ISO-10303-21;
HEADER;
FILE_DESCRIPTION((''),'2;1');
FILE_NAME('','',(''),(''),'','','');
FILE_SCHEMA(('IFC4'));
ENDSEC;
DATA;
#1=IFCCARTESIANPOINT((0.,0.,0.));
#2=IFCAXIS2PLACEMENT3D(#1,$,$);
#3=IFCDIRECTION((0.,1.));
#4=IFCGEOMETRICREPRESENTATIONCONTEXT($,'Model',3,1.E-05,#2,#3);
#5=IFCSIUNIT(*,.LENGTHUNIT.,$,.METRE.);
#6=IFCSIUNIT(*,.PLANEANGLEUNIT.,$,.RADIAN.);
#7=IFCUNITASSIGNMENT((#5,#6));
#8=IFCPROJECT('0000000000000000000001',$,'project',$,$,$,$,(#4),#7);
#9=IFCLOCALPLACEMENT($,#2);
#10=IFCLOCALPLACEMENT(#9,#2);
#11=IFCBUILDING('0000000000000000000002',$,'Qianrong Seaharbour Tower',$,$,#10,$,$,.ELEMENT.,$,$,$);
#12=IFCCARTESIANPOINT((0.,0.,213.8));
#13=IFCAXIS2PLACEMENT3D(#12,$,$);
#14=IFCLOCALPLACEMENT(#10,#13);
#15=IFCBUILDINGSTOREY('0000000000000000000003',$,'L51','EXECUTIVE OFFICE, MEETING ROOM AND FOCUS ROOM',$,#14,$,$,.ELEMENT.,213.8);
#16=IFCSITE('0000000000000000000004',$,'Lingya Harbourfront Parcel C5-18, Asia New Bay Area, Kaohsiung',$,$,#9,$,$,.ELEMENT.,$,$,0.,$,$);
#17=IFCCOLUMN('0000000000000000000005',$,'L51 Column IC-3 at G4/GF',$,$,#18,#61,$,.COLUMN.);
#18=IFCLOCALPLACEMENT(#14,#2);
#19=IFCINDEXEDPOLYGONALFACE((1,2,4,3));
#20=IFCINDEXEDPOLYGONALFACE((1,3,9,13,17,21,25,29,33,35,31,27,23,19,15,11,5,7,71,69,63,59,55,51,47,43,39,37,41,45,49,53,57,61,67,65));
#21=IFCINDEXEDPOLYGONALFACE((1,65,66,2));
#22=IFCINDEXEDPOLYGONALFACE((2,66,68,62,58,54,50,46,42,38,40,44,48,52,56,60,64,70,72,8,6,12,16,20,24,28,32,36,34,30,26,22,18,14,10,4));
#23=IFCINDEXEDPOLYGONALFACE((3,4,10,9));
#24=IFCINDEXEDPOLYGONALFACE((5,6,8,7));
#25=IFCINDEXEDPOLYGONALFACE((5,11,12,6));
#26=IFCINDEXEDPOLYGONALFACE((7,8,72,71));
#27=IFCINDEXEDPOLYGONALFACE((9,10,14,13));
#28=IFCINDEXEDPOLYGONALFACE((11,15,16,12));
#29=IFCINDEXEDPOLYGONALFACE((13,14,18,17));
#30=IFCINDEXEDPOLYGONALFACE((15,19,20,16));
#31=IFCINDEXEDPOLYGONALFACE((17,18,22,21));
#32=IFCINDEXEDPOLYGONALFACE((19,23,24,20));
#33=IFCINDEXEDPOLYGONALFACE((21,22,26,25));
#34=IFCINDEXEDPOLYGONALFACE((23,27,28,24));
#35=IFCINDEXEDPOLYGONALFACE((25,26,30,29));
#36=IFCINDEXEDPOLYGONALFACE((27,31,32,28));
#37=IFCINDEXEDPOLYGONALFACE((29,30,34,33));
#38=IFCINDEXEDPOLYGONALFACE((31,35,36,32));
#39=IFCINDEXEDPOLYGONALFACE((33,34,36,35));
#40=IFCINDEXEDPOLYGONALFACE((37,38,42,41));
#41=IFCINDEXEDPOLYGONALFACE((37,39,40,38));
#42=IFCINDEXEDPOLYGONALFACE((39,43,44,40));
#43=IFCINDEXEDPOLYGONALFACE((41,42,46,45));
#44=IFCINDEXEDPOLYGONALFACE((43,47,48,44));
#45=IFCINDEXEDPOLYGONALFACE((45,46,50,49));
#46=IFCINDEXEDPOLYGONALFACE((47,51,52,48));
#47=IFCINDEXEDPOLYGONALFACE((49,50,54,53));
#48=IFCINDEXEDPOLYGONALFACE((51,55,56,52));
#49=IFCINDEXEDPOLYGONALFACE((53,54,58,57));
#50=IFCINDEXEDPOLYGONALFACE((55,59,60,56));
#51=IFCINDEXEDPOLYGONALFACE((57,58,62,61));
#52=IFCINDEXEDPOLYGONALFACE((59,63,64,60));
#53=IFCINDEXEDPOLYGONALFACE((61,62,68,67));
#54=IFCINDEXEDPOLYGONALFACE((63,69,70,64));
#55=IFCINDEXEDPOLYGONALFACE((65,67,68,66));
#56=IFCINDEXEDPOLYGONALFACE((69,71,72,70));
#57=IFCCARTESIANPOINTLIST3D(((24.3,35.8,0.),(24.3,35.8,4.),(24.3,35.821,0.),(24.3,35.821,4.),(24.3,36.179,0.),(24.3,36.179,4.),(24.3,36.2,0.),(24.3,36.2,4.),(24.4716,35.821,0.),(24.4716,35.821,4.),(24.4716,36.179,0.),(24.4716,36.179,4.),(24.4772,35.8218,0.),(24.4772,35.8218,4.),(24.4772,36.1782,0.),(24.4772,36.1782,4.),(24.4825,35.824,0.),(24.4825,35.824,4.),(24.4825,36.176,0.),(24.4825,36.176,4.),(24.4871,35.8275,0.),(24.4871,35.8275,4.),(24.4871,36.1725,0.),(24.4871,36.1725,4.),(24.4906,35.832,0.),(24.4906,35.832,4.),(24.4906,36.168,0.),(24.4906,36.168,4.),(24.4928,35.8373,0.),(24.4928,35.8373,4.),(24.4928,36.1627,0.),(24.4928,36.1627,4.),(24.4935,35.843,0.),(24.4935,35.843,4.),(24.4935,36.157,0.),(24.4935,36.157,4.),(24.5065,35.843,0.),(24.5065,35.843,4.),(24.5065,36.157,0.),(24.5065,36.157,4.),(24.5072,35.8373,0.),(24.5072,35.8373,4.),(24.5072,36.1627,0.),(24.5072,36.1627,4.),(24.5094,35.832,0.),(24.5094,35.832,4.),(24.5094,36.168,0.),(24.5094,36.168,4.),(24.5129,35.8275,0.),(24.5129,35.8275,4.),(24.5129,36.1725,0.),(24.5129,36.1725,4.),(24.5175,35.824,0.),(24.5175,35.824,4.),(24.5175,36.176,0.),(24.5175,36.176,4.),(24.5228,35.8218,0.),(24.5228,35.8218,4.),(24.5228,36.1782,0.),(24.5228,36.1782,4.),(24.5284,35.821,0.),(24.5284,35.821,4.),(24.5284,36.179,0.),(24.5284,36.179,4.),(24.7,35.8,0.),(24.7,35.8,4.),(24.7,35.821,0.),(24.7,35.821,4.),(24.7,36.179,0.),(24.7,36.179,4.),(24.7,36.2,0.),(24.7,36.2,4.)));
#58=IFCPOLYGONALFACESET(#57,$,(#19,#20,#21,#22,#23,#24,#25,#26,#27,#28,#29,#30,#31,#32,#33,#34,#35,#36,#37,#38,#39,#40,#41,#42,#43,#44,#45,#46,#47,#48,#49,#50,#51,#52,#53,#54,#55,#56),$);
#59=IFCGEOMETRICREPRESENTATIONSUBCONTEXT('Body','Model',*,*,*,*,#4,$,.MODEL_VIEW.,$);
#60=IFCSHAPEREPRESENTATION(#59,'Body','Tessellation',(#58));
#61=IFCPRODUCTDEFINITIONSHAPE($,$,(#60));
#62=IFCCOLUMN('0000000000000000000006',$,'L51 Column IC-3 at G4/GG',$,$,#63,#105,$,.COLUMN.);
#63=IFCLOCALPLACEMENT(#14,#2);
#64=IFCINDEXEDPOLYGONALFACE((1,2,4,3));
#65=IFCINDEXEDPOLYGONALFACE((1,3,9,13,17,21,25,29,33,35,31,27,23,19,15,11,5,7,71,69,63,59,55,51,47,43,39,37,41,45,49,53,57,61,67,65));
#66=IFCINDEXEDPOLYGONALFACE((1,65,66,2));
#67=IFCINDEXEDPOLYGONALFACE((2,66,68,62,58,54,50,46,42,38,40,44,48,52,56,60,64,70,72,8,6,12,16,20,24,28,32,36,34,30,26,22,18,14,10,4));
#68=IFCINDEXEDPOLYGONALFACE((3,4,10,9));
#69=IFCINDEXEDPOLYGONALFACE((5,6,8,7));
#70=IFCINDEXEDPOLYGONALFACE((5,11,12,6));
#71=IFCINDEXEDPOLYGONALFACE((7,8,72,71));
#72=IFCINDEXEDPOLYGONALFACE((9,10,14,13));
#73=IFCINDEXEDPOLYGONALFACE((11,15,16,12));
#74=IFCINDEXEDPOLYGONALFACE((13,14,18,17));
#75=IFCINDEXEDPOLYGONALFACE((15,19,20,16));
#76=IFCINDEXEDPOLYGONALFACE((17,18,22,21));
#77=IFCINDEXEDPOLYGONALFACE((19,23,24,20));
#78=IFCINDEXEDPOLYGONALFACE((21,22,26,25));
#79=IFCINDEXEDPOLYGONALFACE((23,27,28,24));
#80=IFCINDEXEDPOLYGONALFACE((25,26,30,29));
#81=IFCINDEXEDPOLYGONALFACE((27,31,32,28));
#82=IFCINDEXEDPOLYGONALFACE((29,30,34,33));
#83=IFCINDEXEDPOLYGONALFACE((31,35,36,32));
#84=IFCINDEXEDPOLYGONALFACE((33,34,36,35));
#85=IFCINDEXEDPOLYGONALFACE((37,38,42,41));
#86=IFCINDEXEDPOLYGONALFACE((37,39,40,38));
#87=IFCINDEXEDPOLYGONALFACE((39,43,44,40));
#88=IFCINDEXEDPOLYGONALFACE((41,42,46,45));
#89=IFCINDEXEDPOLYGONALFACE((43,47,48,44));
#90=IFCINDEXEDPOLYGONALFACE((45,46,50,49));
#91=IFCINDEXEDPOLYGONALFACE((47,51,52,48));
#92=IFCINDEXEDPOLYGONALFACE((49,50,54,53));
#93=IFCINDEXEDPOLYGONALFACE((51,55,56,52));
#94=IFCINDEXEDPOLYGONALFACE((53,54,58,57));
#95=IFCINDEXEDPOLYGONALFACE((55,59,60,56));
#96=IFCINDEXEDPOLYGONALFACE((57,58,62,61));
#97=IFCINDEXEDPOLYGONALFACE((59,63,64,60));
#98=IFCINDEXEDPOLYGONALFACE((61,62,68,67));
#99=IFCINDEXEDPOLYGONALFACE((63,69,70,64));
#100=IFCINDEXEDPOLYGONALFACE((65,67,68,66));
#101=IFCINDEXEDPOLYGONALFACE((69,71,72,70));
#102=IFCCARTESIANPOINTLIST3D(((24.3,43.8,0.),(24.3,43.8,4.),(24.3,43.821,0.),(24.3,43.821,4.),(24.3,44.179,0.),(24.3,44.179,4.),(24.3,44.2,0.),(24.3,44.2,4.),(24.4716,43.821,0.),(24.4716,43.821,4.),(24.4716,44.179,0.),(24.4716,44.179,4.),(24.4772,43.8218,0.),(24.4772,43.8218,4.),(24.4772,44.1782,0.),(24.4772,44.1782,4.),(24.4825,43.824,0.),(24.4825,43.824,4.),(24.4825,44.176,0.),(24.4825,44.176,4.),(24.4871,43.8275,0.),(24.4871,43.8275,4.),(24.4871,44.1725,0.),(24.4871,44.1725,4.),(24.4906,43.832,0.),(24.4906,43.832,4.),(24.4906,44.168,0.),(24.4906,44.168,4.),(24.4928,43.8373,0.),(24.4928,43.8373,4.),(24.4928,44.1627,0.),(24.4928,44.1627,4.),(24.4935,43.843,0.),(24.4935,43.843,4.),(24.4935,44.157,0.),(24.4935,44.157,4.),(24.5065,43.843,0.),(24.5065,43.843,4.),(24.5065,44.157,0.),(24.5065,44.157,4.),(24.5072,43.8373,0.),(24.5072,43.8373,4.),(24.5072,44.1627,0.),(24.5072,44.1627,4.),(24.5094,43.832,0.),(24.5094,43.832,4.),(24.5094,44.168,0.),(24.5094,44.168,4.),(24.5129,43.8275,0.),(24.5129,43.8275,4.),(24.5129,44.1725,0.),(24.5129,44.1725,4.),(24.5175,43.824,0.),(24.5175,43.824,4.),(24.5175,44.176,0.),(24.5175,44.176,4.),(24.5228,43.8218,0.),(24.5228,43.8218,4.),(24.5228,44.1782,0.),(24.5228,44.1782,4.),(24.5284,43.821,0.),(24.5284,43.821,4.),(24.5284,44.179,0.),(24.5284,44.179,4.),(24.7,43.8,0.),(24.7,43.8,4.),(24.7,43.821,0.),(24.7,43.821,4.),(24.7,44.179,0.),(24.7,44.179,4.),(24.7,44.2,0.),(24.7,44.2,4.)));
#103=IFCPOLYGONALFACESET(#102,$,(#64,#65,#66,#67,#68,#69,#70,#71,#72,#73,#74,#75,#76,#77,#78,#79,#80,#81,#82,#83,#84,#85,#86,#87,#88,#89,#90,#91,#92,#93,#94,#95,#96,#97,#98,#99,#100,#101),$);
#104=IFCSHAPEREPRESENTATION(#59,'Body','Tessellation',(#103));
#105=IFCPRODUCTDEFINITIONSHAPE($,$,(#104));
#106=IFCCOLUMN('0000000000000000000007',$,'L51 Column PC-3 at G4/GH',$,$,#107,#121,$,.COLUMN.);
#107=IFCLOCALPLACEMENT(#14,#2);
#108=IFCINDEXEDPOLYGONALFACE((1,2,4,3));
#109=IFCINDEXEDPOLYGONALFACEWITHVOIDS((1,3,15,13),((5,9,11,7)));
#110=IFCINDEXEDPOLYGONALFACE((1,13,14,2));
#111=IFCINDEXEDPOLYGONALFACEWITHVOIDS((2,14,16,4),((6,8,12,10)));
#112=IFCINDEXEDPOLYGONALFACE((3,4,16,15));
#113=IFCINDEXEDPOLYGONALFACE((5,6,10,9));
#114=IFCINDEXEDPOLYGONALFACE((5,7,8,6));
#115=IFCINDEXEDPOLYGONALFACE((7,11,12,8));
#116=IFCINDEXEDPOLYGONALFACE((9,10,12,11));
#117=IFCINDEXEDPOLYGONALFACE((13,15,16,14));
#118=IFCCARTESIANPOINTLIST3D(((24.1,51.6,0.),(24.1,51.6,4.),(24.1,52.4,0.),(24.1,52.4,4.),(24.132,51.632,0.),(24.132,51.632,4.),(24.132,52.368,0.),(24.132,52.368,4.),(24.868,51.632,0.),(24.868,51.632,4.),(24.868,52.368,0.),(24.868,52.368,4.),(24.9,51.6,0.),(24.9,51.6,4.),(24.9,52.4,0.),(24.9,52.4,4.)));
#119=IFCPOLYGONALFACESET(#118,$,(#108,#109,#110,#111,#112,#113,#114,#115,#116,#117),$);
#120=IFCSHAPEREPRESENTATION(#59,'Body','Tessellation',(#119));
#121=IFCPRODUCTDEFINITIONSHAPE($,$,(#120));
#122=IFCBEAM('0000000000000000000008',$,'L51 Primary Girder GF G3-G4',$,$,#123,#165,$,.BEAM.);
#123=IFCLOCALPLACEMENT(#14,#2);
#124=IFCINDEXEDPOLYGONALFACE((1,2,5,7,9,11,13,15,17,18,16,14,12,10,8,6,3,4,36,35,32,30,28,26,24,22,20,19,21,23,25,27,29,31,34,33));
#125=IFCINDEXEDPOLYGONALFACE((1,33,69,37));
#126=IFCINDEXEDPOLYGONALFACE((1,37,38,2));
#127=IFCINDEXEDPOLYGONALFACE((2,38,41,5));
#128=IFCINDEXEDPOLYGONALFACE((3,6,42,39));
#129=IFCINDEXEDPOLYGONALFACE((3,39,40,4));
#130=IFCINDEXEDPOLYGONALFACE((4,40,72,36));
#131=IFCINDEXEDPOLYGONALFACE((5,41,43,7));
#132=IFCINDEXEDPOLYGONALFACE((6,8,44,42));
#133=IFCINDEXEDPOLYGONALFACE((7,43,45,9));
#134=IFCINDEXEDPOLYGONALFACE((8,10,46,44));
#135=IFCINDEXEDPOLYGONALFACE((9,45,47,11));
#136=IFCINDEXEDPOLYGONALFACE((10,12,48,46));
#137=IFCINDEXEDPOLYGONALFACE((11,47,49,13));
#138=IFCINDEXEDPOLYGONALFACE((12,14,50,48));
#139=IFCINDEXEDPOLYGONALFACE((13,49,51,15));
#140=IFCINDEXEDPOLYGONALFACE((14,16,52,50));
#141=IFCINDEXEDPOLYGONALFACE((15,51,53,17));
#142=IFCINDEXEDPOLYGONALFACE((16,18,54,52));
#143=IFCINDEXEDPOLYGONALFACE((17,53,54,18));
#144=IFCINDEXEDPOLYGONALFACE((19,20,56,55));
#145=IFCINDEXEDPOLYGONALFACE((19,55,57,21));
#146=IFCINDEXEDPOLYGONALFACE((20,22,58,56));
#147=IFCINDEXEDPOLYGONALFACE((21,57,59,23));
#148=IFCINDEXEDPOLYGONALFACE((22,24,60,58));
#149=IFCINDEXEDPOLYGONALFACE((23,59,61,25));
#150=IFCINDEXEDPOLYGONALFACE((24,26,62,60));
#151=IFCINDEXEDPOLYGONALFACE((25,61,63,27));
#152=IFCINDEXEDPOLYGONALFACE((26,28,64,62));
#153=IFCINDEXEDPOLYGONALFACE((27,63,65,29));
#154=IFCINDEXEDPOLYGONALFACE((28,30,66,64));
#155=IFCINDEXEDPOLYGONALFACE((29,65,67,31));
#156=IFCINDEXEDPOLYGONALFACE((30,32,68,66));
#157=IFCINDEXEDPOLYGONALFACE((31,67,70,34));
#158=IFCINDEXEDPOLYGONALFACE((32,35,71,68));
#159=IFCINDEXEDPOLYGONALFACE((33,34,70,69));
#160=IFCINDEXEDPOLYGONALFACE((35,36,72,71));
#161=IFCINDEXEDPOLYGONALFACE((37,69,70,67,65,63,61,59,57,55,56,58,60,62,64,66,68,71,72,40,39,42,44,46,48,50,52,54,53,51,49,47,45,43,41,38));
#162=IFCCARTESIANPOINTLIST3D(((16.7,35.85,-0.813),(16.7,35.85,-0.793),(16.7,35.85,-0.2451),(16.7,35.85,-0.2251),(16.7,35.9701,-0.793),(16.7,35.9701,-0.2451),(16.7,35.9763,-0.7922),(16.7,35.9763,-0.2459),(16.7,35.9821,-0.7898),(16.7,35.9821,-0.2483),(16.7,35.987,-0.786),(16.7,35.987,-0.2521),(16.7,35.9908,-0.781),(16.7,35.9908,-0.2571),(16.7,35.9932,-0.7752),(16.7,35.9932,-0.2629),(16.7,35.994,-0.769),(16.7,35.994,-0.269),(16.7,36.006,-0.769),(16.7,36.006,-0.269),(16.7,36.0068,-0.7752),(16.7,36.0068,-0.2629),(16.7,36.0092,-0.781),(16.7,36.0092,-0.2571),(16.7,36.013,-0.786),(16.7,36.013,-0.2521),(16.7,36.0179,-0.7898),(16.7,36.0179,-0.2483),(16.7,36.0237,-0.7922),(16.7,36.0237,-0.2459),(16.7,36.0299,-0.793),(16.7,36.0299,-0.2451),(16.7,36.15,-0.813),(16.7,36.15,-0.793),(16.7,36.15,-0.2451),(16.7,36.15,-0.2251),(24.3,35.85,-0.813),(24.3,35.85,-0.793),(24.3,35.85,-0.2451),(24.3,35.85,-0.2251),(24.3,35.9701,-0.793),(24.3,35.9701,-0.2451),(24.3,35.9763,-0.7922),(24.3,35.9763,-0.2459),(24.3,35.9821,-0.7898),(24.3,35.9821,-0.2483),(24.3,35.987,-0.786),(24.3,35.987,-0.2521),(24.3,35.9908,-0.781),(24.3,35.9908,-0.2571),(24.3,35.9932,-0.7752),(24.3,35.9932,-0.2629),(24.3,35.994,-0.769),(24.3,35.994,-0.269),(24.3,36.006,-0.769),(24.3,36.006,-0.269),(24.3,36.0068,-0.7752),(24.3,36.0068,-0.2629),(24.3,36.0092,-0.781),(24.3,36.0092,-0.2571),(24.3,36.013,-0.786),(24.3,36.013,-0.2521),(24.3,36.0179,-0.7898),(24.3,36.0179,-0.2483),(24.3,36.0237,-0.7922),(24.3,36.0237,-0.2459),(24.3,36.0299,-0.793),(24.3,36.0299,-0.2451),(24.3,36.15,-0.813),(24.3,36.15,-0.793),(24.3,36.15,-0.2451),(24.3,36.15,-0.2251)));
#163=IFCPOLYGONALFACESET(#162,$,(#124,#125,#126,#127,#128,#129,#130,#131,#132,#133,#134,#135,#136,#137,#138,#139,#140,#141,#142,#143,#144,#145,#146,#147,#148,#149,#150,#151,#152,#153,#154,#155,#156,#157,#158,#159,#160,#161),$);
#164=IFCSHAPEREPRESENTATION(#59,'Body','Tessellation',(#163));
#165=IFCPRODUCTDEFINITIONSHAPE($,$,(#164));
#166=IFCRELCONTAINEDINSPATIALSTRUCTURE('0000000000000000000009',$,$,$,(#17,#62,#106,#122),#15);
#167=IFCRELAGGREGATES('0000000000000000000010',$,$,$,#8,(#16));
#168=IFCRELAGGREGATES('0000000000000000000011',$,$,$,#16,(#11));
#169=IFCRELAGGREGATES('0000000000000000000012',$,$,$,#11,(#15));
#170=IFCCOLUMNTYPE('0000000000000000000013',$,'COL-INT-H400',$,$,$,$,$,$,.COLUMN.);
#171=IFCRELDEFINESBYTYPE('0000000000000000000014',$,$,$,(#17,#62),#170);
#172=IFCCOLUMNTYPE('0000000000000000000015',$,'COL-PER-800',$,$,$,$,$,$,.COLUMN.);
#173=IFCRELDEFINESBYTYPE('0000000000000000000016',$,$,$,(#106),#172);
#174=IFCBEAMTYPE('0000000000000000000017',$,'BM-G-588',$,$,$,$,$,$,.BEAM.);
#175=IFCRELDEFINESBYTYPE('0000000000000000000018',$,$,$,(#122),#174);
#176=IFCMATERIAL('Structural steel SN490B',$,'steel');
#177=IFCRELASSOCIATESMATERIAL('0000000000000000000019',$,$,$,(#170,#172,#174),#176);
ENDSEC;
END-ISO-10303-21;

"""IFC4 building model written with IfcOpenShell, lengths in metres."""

from ifc_helpers import new_model, si_unit, direction, frame, origin, origin_2d, place, context, subcontext, project, spatial, hollow_rectangle, i_section, extrude, material, material_profile, profile_set, type_object, element, save


model = new_model("IFC4")

# Units and contexts
model_context = context("Model", 3, precision=1e-05, world=origin(), true_north=direction((0.0, 1.0)))
body_context = subcontext(model_context, "Body", "Model", "MODEL_VIEW")
ifc_project = project(units=[si_unit("LENGTHUNIT", "METRE"), si_unit("PLANEANGLEUNIT", "RADIAN")], contexts=[model_context])

# Site, building, storey
site_placement = place(None, origin())
site = spatial("IfcSite", under=ifc_project, at=site_placement, Name="Lingya Harbourfront Parcel C5-18, Asia New Bay Area, Kaohsiung", CompositionType="ELEMENT", RefElevation=0.0)
building_placement = place(site_placement, origin())
building = spatial("IfcBuilding", under=site, at=building_placement, Name="Qianrong Seaharbour Tower", CompositionType="ELEMENT")
storey_placement = place(building_placement, frame((0.0, 0.0, 213.8)))
storey = spatial("IfcBuildingStorey", under=building, at=storey_placement, Name="L51", Description="EXECUTIVE OFFICE, MEETING ROOM AND FOCUS ROOM", CompositionType="ELEMENT", Elevation=213.8)

# Columns
ifc_material_1 = material(Name="Structural steel SN490B", Category="steel")
ifc_material_profile_1 = material_profile(ifc_material_1, i_section(OverallWidth=0.3999, OverallDepth=0.3999, WebThickness=0.0129, FlangeThickness=0.021, FilletRadius=0.022, at=origin_2d()), Name="H400x400x13x21")
ifc_profile_set_1 = profile_set([ifc_material_profile_1], Name="Structural steel SN490B")
column_type_1 = type_object("IfcColumnType", Name="COL-INT-H400", PredefinedType="COLUMN", material=ifc_profile_set_1)
for number, where, z_axis, x_axis, name in (
    (1, (24.5, 36.0, 0.0), (0.0, 0.0, 1.0), (1.0, 0.0, 0.0), "L51 Column IC-3 at G4/GF"),
    (2, (24.5, 44.0, 0.0), (0.0, 0.0, 1.0), (1.0, 0.0, 0.0), "L51 Column IC-3 at G4/GG"),
):
    element("IfcColumn", number, at=place(storey_placement, frame(where, z_axis=z_axis, x_axis=x_axis)), inside=storey, type_object=column_type_1, Name=name, PredefinedType="COLUMN", context=body_context, shape_type="SweptSolid", body=[
        extrude(i_section(OverallWidth=0.3999, OverallDepth=0.3999, WebThickness=0.0129, FlangeThickness=0.021, FilletRadius=0.022, at=origin_2d()), origin(), (0.0, 0.0, 1.0), 4.0),
    ])
ifc_material_profile_2 = material_profile(ifc_material_1, hollow_rectangle(XDim=0.8, YDim=0.8, WallThickness=0.032, at=origin_2d()), Name="BOX800x800x32")
ifc_profile_set_2 = profile_set([ifc_material_profile_2], Name="Structural steel SN490B")
column_type_2 = type_object("IfcColumnType", Name="COL-PER-800", PredefinedType="COLUMN", material=ifc_profile_set_2)
column_placement = place(storey_placement, frame((24.5, 52.0, 0.0), z_axis=(0.0, 0.0, 1.0), x_axis=(1.0, 0.0, 0.0)))
element("IfcColumn", 3, at=column_placement, inside=storey, type_object=column_type_2, Name="L51 Column PC-3 at G4/GH", PredefinedType="COLUMN", context=body_context, shape_type="SweptSolid", body=[
    extrude(hollow_rectangle(XDim=0.8, YDim=0.8, WallThickness=0.032, at=origin_2d()), origin(), (0.0, 0.0, 1.0), 4.0),
])

# Beam
ifc_material_profile_3 = material_profile(ifc_material_1, i_section(OverallWidth=0.3, OverallDepth=0.5879, WebThickness=0.012, FlangeThickness=0.02, FilletRadius=0.0239, at=origin_2d()), Name="H588x300x12x20")
ifc_profile_set_3 = profile_set([ifc_material_profile_3], Name="Structural steel SN490B")
beam_type_1 = type_object("IfcBeamType", Name="BM-G-588", PredefinedType="BEAM", material=ifc_profile_set_3)
beam_1_placement = place(storey_placement, frame((16.7, 36.0, -0.519), z_axis=(1.0, 0.0, 0.0), x_axis=(0.0, 1.0, 0.0)))
element("IfcBeam", 4, at=beam_1_placement, inside=storey, type_object=beam_type_1, Name="L51 Primary Girder GF G3-G4", PredefinedType="BEAM", context=body_context, shape_type="SweptSolid", body=[
    extrude(i_section(OverallWidth=0.3, OverallDepth=0.5879, WebThickness=0.012, FlangeThickness=0.02, FilletRadius=0.0239, at=origin_2d()), origin(), (0.0, 0.0, 1.0), 7.6001),
])

save(model, "model.ifc")
